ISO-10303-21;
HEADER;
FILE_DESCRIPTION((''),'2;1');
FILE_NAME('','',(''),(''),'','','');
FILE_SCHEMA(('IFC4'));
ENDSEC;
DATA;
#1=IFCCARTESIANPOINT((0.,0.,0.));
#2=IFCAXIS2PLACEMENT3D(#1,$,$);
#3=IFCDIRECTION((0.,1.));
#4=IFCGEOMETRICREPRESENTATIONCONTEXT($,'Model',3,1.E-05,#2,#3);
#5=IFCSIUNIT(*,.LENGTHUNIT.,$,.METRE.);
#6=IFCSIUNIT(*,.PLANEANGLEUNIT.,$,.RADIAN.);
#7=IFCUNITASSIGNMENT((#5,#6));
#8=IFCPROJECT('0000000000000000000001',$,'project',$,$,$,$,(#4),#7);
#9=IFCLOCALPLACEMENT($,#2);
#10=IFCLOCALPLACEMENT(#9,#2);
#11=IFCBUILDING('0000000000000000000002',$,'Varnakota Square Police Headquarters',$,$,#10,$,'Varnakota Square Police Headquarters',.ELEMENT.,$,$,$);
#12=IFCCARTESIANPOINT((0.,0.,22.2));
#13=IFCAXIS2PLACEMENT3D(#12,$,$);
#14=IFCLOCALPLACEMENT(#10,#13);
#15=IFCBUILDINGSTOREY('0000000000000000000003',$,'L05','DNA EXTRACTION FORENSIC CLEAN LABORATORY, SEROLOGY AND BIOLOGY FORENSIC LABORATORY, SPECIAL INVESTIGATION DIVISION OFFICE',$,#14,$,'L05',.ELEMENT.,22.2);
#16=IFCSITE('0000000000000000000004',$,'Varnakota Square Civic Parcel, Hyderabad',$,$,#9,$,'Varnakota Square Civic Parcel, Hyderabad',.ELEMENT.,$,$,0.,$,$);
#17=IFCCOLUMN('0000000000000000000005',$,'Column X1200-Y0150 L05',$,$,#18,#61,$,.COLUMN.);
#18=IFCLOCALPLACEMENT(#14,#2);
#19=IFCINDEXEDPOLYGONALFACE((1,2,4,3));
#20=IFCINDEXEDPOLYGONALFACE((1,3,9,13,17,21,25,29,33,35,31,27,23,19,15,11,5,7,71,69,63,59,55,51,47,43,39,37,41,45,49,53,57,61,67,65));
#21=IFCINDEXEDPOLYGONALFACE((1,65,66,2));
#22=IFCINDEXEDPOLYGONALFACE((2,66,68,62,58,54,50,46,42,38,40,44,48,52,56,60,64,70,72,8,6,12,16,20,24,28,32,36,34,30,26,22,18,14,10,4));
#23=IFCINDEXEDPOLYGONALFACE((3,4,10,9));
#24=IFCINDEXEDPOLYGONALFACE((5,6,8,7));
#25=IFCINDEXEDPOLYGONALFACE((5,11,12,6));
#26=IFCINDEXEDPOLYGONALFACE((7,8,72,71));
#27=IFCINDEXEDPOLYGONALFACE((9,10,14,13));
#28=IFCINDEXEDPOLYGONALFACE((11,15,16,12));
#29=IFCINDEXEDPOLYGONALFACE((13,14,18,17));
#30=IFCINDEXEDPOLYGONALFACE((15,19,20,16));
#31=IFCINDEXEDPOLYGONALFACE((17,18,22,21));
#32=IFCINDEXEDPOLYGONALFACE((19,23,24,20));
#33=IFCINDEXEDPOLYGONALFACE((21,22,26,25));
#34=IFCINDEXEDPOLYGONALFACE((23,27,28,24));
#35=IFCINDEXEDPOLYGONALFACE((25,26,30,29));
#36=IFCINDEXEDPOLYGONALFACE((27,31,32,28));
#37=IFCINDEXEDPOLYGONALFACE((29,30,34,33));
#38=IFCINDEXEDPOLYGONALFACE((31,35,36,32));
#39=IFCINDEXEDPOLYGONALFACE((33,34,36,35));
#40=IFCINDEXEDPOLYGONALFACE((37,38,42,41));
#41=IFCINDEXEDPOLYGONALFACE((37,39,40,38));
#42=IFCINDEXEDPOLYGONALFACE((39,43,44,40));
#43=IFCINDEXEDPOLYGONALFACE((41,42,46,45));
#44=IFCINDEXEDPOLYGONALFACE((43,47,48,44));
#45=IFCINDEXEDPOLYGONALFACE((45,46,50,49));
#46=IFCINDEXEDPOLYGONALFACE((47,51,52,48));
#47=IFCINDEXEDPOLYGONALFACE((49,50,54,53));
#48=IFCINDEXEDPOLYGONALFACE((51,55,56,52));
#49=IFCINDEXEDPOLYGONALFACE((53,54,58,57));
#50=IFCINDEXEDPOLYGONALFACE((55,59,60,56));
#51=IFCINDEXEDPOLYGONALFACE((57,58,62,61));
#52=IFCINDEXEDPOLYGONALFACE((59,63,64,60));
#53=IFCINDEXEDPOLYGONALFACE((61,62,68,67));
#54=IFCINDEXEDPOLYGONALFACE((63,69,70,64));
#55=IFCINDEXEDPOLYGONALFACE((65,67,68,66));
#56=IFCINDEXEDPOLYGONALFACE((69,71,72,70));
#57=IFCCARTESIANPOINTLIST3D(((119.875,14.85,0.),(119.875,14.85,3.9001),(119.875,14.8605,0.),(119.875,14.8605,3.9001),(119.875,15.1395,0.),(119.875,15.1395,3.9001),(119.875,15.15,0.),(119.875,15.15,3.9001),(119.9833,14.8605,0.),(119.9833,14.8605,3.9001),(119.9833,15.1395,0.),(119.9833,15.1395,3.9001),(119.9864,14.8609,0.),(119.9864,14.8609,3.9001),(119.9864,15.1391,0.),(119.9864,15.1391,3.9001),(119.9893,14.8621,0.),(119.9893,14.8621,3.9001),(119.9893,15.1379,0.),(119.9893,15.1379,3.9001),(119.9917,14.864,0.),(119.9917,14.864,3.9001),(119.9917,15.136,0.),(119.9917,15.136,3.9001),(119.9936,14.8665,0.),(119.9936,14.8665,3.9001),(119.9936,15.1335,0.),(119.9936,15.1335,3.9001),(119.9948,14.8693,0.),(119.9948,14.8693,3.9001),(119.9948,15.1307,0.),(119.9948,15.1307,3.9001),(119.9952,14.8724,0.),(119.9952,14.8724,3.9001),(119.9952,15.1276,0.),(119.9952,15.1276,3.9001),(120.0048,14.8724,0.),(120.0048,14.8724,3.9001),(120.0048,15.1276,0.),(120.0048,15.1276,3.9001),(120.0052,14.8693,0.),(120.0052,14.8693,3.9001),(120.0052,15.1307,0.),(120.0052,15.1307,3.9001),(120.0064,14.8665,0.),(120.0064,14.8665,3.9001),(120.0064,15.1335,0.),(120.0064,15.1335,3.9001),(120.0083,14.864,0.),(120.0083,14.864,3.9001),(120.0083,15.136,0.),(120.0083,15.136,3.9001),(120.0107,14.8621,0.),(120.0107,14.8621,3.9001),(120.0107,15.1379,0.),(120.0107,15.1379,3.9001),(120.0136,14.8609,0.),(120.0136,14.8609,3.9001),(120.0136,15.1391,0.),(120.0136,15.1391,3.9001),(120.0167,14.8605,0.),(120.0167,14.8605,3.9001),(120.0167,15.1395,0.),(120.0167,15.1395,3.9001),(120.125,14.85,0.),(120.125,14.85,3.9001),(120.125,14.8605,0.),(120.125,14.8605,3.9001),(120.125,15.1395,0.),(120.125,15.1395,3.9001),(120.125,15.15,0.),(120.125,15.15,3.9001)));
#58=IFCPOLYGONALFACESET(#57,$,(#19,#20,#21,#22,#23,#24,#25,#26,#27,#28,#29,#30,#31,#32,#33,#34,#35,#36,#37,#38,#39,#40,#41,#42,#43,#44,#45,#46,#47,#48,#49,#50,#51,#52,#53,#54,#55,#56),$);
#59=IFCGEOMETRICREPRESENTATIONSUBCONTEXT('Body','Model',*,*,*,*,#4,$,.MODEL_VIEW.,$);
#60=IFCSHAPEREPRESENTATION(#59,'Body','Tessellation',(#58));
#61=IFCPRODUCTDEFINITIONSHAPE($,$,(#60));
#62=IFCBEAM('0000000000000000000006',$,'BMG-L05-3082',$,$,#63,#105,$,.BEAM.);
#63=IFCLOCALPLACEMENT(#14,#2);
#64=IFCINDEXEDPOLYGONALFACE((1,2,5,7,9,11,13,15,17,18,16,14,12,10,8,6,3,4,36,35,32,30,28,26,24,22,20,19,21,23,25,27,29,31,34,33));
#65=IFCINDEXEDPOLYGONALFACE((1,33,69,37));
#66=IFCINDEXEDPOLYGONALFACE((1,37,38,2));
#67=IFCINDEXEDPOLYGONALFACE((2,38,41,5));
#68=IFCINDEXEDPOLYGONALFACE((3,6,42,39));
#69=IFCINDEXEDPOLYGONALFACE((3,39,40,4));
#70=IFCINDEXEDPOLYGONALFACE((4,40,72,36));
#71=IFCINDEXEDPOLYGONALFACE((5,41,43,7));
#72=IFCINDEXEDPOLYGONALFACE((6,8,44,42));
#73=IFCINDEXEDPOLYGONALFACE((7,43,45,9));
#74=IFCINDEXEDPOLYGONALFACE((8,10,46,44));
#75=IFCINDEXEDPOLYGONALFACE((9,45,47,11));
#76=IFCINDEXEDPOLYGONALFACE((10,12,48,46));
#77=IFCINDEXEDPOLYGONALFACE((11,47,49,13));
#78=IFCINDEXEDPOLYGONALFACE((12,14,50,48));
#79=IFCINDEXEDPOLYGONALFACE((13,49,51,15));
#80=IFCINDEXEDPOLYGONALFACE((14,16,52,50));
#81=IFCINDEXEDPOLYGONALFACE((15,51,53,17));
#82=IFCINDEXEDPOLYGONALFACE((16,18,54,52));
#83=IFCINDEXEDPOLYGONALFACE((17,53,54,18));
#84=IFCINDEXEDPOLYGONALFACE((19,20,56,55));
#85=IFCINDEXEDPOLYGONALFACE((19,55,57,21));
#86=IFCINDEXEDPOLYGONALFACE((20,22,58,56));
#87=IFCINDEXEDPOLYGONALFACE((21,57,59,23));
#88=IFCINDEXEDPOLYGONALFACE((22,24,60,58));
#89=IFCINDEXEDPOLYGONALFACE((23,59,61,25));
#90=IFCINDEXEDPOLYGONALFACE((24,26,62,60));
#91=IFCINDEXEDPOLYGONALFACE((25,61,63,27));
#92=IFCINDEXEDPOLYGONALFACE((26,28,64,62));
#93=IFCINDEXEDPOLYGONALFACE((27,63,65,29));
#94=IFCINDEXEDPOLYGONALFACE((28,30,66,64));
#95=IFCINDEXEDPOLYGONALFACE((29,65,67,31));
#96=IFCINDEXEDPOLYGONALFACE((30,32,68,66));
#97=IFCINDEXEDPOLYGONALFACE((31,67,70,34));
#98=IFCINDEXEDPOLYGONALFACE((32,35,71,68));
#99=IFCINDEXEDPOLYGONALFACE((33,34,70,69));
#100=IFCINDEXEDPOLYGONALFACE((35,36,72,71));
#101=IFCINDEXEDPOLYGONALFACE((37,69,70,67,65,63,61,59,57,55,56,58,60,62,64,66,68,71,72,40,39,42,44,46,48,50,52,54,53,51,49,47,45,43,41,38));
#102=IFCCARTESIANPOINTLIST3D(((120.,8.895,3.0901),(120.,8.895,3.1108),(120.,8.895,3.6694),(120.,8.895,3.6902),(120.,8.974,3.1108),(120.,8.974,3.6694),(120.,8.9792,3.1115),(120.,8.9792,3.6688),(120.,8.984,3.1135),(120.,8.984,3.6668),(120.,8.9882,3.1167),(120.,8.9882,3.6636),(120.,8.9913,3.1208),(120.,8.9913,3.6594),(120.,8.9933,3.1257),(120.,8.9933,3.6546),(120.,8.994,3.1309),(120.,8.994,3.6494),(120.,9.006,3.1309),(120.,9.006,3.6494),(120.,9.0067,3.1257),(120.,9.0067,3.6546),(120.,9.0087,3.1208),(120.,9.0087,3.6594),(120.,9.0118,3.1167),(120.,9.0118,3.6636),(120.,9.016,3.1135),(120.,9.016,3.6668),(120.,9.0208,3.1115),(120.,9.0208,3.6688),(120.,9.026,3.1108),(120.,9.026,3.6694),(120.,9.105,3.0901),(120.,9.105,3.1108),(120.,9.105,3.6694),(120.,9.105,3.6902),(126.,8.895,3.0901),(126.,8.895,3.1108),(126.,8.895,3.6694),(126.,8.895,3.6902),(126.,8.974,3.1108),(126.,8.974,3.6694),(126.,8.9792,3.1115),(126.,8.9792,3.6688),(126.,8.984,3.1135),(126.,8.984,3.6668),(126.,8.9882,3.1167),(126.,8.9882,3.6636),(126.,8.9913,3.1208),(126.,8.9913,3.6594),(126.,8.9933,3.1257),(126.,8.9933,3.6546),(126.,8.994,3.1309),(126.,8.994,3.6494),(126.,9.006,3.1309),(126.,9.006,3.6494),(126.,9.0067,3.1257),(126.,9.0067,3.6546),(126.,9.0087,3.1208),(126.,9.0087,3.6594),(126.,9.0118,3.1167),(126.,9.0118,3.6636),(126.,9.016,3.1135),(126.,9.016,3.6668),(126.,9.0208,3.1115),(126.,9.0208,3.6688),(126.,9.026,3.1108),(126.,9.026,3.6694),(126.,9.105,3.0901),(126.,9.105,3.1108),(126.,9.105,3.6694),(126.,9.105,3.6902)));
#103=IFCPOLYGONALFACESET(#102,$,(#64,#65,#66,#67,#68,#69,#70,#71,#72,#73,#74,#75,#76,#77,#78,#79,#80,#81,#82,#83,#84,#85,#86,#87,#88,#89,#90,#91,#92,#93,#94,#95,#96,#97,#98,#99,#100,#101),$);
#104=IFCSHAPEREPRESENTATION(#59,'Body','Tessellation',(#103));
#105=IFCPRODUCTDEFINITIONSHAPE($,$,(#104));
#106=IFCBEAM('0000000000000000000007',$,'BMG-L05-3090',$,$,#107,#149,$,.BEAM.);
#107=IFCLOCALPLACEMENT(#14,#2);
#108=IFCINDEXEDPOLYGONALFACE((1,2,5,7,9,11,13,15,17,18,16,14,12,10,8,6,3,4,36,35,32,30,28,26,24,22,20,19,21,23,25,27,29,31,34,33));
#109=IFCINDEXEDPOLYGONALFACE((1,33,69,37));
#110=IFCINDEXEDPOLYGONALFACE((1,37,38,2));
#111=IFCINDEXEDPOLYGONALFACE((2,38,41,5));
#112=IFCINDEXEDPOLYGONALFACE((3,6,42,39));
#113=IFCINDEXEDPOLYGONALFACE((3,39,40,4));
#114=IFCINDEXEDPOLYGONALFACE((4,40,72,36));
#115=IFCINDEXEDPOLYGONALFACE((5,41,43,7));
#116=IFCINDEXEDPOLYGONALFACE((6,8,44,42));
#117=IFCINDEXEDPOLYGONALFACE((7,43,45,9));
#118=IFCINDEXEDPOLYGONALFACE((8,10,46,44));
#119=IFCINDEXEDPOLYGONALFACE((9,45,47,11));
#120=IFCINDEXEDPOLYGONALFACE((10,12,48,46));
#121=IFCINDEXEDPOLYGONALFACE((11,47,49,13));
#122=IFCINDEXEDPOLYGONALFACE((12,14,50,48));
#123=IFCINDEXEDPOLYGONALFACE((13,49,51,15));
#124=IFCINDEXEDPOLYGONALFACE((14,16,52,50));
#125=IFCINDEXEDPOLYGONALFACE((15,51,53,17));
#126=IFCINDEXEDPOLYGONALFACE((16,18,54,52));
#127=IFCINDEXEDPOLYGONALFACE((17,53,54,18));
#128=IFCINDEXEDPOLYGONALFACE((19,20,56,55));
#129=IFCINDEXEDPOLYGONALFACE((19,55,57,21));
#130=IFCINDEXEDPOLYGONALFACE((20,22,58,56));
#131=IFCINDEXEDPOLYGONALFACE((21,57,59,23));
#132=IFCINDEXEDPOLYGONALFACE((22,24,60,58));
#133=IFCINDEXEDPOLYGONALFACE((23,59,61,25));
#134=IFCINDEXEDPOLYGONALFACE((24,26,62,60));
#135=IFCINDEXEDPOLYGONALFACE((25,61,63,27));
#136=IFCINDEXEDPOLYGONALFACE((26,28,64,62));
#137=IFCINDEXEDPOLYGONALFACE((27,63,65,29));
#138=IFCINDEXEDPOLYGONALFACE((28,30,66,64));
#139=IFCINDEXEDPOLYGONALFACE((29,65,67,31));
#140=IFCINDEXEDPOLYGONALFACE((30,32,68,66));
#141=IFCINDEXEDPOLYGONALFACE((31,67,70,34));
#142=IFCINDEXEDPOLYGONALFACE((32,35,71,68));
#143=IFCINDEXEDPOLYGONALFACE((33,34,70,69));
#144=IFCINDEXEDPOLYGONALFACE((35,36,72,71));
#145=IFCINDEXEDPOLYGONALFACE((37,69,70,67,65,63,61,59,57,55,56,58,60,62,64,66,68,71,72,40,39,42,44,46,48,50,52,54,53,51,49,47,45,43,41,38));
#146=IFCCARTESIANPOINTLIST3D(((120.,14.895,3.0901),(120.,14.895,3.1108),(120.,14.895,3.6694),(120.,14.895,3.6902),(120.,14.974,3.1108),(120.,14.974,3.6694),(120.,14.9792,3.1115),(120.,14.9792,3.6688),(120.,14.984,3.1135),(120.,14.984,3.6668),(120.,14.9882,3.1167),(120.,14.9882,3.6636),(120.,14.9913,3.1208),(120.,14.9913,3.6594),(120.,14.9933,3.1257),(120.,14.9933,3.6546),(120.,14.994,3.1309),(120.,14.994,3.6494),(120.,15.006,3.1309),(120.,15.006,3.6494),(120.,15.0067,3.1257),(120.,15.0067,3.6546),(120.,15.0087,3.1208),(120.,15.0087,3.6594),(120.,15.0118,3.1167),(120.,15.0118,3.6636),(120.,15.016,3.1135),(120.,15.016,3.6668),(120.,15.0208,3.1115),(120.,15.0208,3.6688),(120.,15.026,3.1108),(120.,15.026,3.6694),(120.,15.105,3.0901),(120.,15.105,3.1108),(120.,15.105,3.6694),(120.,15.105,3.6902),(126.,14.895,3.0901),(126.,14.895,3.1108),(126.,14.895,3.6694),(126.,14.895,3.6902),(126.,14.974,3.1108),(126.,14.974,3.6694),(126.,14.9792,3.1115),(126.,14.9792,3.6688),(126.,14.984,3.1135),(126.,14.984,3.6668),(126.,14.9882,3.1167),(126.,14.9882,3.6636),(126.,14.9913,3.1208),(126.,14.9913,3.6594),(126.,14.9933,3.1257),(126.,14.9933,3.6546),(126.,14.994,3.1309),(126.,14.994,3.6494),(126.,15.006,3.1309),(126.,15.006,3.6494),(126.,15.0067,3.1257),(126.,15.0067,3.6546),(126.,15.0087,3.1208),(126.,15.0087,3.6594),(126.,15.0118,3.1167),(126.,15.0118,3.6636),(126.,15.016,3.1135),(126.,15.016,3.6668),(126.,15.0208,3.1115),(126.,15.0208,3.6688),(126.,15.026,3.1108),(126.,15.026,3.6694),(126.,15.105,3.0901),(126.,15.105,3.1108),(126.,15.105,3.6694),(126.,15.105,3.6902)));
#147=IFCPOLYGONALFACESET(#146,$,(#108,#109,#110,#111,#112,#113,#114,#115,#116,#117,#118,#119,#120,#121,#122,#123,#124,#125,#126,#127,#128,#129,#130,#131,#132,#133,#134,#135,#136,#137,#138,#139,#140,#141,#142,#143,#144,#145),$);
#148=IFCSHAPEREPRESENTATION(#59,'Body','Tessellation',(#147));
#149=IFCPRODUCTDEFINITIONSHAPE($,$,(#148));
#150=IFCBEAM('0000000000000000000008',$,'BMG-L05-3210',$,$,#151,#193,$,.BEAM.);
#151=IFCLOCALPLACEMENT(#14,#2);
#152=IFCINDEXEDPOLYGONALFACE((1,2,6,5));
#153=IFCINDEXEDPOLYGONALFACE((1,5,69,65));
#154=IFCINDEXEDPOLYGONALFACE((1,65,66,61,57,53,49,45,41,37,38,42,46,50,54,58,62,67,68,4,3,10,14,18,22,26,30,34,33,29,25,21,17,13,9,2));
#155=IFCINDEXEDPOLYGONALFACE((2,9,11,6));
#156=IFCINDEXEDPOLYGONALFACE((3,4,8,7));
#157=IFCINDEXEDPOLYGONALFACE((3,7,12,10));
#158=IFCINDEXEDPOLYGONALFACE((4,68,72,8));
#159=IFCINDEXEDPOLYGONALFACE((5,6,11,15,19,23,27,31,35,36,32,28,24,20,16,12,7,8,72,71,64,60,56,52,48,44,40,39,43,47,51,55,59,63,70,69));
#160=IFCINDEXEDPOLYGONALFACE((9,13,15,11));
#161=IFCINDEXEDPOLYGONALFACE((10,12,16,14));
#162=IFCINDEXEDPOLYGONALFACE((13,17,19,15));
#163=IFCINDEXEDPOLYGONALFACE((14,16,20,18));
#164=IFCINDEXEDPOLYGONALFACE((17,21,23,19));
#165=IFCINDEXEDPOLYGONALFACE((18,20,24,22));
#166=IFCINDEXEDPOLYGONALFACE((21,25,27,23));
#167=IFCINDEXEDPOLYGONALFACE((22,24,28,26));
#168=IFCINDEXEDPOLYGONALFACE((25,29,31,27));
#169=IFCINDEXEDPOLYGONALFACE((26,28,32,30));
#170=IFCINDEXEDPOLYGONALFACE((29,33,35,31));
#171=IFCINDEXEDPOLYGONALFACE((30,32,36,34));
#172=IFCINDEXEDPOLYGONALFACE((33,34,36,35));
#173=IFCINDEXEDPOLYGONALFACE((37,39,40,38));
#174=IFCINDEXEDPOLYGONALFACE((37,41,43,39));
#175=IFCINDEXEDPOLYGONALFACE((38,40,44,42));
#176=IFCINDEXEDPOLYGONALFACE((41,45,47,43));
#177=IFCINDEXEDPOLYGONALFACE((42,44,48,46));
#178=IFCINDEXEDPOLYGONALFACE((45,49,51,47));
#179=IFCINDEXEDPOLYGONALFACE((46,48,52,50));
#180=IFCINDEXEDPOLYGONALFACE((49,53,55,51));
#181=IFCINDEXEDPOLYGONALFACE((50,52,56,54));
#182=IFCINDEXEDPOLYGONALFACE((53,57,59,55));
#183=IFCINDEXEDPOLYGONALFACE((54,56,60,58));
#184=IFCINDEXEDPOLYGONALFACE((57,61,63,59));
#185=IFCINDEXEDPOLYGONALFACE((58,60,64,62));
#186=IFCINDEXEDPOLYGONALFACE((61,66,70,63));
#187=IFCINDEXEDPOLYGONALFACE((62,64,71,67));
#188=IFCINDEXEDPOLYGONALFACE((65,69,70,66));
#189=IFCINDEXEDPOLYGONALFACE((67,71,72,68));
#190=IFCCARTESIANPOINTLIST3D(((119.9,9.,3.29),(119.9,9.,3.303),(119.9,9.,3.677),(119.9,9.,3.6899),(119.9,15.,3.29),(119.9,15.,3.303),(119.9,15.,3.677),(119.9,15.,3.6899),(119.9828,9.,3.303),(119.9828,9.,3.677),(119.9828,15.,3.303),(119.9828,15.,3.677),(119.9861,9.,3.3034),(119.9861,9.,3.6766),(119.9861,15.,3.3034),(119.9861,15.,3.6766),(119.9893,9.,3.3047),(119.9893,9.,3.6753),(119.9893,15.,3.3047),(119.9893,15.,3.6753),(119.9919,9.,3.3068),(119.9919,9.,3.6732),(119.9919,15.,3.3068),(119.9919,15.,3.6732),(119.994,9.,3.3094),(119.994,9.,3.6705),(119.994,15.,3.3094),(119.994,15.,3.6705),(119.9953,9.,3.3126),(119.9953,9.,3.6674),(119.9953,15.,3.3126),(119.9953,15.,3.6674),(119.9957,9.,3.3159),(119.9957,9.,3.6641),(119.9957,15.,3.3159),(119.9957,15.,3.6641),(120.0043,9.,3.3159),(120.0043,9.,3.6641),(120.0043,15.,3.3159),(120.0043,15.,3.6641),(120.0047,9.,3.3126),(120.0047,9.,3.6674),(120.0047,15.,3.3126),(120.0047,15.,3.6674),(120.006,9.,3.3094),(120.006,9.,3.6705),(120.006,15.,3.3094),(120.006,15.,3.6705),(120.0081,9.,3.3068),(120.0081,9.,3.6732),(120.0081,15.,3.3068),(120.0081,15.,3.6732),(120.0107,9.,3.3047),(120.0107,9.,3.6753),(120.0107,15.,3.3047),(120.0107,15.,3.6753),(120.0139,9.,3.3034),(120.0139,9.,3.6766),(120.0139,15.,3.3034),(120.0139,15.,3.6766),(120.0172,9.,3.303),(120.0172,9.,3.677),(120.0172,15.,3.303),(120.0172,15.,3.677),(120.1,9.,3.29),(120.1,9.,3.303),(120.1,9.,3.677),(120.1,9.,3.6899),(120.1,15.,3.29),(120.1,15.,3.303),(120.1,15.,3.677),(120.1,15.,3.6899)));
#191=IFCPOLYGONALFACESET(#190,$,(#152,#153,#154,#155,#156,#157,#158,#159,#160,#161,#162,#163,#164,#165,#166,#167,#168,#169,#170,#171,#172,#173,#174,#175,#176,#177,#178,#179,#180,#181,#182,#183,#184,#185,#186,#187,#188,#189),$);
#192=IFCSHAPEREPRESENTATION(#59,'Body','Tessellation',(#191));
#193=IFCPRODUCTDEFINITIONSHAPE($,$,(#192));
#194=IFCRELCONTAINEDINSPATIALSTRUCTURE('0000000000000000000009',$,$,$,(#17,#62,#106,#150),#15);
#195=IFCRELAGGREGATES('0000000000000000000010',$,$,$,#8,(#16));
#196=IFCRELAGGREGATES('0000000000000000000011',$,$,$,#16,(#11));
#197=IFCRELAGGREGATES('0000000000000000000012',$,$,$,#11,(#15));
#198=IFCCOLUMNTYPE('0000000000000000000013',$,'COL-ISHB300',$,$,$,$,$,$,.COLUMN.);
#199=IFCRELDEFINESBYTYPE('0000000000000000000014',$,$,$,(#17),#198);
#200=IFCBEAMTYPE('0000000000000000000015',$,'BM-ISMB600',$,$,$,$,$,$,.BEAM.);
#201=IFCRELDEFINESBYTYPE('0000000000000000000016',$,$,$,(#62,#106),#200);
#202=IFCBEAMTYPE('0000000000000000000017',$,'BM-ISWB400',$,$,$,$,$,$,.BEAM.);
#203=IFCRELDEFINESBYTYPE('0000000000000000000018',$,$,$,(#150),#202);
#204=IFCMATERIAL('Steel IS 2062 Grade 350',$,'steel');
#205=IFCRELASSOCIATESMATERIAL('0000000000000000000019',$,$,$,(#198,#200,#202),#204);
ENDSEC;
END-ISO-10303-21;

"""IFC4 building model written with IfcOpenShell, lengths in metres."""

from ifc_helpers import new_model, si_unit, direction, frame, origin, origin_2d, place, context, subcontext, project, spatial, i_section, extrude, material, material_profile, profile_set, type_object, element, save


model = new_model("IFC4")

# Units and contexts
model_context = context("Model", 3, precision=1e-05, world=origin(), true_north=direction((0.0, 1.0)))
body_context = subcontext(model_context, "Body", "Model", "MODEL_VIEW")
ifc_project = project(units=[si_unit("LENGTHUNIT", "METRE"), si_unit("PLANEANGLEUNIT", "RADIAN")], contexts=[model_context])

# Site, building, storey
site_placement = place(None, origin())
site = spatial("IfcSite", under=ifc_project, at=site_placement, Name="Varnakota Square Civic Parcel, Hyderabad", LongName="Varnakota Square Civic Parcel, Hyderabad", CompositionType="ELEMENT", RefElevation=0.0)
building_placement = place(site_placement, origin())
building = spatial("IfcBuilding", under=site, at=building_placement, Name="Varnakota Square Police Headquarters", LongName="Varnakota Square Police Headquarters", CompositionType="ELEMENT")
storey_placement = place(building_placement, frame((0.0, 0.0, 22.2)))
storey = spatial("IfcBuildingStorey", under=building, at=storey_placement, Name="L05", Description="DNA EXTRACTION FORENSIC CLEAN LABORATORY, SEROLOGY AND BIOLOGY FORENSIC LABORATORY, SPECIAL INVESTIGATION DIVISION OFFICE", LongName="L05", CompositionType="ELEMENT", Elevation=22.2)

# Column
ifc_material_1 = material(Name="Steel IS 2062 Grade 350", Category="steel")
ifc_material_profile_1 = material_profile(ifc_material_1, i_section(OverallWidth=0.25, OverallDepth=0.3, WebThickness=0.0095, FlangeThickness=0.0105, FilletRadius=0.012, at=origin_2d()), Name="ISHB 300")
ifc_profile_set_1 = profile_set([ifc_material_profile_1], Name="Steel IS 2062 Grade 350")
column_type = type_object("IfcColumnType", Name="COL-ISHB300", PredefinedType="COLUMN", material=ifc_profile_set_1)
column_placement = place(storey_placement, frame((120.0, 15.0, 0.0), z_axis=(0.0, 0.0, 1.0), x_axis=(1.0, 0.0, 0.0)))
element("IfcColumn", 1, at=column_placement, inside=storey, type_object=column_type, Name="Column X1200-Y0150 L05", PredefinedType="COLUMN", context=body_context, shape_type="SweptSolid", body=[
    extrude(i_section(OverallWidth=0.25, OverallDepth=0.3, WebThickness=0.0095, FlangeThickness=0.0105, FilletRadius=0.012, at=origin_2d()), origin(), (0.0, 0.0, 1.0), 3.9001),
])

# Beams
ifc_material_profile_2 = material_profile(ifc_material_1, i_section(OverallWidth=0.21, OverallDepth=0.6001, WebThickness=0.012, FlangeThickness=0.0208, FilletRadius=0.02, at=origin_2d()), Name="ISMB 600")
ifc_profile_set_2 = profile_set([ifc_material_profile_2], Name="Steel IS 2062 Grade 350")
beam_type_1 = type_object("IfcBeamType", Name="BM-ISMB600", PredefinedType="BEAM", material=ifc_profile_set_2)
for number, where, z_axis, x_axis, name in (
    (2, (120.0, 9.0, 3.3901), (1.0, 0.0, 0.0), (0.0, 1.0, 0.0), "BMG-L05-3082"),
    (3, (120.0, 15.0, 3.3901), (1.0, 0.0, 0.0), (0.0, 1.0, 0.0), "BMG-L05-3090"),
):
    element("IfcBeam", number, at=place(storey_placement, frame(where, z_axis=z_axis, x_axis=x_axis)), inside=storey, type_object=beam_type_1, Name=name, PredefinedType="BEAM", context=body_context, shape_type="SweptSolid", body=[
        extrude(i_section(OverallWidth=0.21, OverallDepth=0.6001, WebThickness=0.012, FlangeThickness=0.0208, FilletRadius=0.02, at=origin_2d()), origin(), (0.0, 0.0, 1.0), 6.0),
    ])
ifc_material_profile_3 = material_profile(ifc_material_1, i_section(OverallWidth=0.2, OverallDepth=0.3999, WebThickness=0.0085, FlangeThickness=0.0129, FilletRadius=0.0129, at=origin_2d()), Name="ISWB 400")
ifc_profile_set_3 = profile_set([ifc_material_profile_3], Name="Steel IS 2062 Grade 350")
beam_type_2 = type_object("IfcBeamType", Name="BM-ISWB400", PredefinedType="BEAM", material=ifc_profile_set_3)
beam_placement = place(storey_placement, frame((120.0, 9.0, 3.49), z_axis=(0.0, 1.0, 0.0), x_axis=(-1.0, 0.0, 0.0)))
element("IfcBeam", 4, at=beam_placement, inside=storey, type_object=beam_type_2, Name="BMG-L05-3210", PredefinedType="BEAM", context=body_context, shape_type="SweptSolid", body=[
    extrude(i_section(OverallWidth=0.2, OverallDepth=0.3999, WebThickness=0.0085, FlangeThickness=0.0129, FilletRadius=0.0129, at=origin_2d()), origin(), (0.0, 0.0, 1.0), 6.0),
])

save(model, "model.ifc")
